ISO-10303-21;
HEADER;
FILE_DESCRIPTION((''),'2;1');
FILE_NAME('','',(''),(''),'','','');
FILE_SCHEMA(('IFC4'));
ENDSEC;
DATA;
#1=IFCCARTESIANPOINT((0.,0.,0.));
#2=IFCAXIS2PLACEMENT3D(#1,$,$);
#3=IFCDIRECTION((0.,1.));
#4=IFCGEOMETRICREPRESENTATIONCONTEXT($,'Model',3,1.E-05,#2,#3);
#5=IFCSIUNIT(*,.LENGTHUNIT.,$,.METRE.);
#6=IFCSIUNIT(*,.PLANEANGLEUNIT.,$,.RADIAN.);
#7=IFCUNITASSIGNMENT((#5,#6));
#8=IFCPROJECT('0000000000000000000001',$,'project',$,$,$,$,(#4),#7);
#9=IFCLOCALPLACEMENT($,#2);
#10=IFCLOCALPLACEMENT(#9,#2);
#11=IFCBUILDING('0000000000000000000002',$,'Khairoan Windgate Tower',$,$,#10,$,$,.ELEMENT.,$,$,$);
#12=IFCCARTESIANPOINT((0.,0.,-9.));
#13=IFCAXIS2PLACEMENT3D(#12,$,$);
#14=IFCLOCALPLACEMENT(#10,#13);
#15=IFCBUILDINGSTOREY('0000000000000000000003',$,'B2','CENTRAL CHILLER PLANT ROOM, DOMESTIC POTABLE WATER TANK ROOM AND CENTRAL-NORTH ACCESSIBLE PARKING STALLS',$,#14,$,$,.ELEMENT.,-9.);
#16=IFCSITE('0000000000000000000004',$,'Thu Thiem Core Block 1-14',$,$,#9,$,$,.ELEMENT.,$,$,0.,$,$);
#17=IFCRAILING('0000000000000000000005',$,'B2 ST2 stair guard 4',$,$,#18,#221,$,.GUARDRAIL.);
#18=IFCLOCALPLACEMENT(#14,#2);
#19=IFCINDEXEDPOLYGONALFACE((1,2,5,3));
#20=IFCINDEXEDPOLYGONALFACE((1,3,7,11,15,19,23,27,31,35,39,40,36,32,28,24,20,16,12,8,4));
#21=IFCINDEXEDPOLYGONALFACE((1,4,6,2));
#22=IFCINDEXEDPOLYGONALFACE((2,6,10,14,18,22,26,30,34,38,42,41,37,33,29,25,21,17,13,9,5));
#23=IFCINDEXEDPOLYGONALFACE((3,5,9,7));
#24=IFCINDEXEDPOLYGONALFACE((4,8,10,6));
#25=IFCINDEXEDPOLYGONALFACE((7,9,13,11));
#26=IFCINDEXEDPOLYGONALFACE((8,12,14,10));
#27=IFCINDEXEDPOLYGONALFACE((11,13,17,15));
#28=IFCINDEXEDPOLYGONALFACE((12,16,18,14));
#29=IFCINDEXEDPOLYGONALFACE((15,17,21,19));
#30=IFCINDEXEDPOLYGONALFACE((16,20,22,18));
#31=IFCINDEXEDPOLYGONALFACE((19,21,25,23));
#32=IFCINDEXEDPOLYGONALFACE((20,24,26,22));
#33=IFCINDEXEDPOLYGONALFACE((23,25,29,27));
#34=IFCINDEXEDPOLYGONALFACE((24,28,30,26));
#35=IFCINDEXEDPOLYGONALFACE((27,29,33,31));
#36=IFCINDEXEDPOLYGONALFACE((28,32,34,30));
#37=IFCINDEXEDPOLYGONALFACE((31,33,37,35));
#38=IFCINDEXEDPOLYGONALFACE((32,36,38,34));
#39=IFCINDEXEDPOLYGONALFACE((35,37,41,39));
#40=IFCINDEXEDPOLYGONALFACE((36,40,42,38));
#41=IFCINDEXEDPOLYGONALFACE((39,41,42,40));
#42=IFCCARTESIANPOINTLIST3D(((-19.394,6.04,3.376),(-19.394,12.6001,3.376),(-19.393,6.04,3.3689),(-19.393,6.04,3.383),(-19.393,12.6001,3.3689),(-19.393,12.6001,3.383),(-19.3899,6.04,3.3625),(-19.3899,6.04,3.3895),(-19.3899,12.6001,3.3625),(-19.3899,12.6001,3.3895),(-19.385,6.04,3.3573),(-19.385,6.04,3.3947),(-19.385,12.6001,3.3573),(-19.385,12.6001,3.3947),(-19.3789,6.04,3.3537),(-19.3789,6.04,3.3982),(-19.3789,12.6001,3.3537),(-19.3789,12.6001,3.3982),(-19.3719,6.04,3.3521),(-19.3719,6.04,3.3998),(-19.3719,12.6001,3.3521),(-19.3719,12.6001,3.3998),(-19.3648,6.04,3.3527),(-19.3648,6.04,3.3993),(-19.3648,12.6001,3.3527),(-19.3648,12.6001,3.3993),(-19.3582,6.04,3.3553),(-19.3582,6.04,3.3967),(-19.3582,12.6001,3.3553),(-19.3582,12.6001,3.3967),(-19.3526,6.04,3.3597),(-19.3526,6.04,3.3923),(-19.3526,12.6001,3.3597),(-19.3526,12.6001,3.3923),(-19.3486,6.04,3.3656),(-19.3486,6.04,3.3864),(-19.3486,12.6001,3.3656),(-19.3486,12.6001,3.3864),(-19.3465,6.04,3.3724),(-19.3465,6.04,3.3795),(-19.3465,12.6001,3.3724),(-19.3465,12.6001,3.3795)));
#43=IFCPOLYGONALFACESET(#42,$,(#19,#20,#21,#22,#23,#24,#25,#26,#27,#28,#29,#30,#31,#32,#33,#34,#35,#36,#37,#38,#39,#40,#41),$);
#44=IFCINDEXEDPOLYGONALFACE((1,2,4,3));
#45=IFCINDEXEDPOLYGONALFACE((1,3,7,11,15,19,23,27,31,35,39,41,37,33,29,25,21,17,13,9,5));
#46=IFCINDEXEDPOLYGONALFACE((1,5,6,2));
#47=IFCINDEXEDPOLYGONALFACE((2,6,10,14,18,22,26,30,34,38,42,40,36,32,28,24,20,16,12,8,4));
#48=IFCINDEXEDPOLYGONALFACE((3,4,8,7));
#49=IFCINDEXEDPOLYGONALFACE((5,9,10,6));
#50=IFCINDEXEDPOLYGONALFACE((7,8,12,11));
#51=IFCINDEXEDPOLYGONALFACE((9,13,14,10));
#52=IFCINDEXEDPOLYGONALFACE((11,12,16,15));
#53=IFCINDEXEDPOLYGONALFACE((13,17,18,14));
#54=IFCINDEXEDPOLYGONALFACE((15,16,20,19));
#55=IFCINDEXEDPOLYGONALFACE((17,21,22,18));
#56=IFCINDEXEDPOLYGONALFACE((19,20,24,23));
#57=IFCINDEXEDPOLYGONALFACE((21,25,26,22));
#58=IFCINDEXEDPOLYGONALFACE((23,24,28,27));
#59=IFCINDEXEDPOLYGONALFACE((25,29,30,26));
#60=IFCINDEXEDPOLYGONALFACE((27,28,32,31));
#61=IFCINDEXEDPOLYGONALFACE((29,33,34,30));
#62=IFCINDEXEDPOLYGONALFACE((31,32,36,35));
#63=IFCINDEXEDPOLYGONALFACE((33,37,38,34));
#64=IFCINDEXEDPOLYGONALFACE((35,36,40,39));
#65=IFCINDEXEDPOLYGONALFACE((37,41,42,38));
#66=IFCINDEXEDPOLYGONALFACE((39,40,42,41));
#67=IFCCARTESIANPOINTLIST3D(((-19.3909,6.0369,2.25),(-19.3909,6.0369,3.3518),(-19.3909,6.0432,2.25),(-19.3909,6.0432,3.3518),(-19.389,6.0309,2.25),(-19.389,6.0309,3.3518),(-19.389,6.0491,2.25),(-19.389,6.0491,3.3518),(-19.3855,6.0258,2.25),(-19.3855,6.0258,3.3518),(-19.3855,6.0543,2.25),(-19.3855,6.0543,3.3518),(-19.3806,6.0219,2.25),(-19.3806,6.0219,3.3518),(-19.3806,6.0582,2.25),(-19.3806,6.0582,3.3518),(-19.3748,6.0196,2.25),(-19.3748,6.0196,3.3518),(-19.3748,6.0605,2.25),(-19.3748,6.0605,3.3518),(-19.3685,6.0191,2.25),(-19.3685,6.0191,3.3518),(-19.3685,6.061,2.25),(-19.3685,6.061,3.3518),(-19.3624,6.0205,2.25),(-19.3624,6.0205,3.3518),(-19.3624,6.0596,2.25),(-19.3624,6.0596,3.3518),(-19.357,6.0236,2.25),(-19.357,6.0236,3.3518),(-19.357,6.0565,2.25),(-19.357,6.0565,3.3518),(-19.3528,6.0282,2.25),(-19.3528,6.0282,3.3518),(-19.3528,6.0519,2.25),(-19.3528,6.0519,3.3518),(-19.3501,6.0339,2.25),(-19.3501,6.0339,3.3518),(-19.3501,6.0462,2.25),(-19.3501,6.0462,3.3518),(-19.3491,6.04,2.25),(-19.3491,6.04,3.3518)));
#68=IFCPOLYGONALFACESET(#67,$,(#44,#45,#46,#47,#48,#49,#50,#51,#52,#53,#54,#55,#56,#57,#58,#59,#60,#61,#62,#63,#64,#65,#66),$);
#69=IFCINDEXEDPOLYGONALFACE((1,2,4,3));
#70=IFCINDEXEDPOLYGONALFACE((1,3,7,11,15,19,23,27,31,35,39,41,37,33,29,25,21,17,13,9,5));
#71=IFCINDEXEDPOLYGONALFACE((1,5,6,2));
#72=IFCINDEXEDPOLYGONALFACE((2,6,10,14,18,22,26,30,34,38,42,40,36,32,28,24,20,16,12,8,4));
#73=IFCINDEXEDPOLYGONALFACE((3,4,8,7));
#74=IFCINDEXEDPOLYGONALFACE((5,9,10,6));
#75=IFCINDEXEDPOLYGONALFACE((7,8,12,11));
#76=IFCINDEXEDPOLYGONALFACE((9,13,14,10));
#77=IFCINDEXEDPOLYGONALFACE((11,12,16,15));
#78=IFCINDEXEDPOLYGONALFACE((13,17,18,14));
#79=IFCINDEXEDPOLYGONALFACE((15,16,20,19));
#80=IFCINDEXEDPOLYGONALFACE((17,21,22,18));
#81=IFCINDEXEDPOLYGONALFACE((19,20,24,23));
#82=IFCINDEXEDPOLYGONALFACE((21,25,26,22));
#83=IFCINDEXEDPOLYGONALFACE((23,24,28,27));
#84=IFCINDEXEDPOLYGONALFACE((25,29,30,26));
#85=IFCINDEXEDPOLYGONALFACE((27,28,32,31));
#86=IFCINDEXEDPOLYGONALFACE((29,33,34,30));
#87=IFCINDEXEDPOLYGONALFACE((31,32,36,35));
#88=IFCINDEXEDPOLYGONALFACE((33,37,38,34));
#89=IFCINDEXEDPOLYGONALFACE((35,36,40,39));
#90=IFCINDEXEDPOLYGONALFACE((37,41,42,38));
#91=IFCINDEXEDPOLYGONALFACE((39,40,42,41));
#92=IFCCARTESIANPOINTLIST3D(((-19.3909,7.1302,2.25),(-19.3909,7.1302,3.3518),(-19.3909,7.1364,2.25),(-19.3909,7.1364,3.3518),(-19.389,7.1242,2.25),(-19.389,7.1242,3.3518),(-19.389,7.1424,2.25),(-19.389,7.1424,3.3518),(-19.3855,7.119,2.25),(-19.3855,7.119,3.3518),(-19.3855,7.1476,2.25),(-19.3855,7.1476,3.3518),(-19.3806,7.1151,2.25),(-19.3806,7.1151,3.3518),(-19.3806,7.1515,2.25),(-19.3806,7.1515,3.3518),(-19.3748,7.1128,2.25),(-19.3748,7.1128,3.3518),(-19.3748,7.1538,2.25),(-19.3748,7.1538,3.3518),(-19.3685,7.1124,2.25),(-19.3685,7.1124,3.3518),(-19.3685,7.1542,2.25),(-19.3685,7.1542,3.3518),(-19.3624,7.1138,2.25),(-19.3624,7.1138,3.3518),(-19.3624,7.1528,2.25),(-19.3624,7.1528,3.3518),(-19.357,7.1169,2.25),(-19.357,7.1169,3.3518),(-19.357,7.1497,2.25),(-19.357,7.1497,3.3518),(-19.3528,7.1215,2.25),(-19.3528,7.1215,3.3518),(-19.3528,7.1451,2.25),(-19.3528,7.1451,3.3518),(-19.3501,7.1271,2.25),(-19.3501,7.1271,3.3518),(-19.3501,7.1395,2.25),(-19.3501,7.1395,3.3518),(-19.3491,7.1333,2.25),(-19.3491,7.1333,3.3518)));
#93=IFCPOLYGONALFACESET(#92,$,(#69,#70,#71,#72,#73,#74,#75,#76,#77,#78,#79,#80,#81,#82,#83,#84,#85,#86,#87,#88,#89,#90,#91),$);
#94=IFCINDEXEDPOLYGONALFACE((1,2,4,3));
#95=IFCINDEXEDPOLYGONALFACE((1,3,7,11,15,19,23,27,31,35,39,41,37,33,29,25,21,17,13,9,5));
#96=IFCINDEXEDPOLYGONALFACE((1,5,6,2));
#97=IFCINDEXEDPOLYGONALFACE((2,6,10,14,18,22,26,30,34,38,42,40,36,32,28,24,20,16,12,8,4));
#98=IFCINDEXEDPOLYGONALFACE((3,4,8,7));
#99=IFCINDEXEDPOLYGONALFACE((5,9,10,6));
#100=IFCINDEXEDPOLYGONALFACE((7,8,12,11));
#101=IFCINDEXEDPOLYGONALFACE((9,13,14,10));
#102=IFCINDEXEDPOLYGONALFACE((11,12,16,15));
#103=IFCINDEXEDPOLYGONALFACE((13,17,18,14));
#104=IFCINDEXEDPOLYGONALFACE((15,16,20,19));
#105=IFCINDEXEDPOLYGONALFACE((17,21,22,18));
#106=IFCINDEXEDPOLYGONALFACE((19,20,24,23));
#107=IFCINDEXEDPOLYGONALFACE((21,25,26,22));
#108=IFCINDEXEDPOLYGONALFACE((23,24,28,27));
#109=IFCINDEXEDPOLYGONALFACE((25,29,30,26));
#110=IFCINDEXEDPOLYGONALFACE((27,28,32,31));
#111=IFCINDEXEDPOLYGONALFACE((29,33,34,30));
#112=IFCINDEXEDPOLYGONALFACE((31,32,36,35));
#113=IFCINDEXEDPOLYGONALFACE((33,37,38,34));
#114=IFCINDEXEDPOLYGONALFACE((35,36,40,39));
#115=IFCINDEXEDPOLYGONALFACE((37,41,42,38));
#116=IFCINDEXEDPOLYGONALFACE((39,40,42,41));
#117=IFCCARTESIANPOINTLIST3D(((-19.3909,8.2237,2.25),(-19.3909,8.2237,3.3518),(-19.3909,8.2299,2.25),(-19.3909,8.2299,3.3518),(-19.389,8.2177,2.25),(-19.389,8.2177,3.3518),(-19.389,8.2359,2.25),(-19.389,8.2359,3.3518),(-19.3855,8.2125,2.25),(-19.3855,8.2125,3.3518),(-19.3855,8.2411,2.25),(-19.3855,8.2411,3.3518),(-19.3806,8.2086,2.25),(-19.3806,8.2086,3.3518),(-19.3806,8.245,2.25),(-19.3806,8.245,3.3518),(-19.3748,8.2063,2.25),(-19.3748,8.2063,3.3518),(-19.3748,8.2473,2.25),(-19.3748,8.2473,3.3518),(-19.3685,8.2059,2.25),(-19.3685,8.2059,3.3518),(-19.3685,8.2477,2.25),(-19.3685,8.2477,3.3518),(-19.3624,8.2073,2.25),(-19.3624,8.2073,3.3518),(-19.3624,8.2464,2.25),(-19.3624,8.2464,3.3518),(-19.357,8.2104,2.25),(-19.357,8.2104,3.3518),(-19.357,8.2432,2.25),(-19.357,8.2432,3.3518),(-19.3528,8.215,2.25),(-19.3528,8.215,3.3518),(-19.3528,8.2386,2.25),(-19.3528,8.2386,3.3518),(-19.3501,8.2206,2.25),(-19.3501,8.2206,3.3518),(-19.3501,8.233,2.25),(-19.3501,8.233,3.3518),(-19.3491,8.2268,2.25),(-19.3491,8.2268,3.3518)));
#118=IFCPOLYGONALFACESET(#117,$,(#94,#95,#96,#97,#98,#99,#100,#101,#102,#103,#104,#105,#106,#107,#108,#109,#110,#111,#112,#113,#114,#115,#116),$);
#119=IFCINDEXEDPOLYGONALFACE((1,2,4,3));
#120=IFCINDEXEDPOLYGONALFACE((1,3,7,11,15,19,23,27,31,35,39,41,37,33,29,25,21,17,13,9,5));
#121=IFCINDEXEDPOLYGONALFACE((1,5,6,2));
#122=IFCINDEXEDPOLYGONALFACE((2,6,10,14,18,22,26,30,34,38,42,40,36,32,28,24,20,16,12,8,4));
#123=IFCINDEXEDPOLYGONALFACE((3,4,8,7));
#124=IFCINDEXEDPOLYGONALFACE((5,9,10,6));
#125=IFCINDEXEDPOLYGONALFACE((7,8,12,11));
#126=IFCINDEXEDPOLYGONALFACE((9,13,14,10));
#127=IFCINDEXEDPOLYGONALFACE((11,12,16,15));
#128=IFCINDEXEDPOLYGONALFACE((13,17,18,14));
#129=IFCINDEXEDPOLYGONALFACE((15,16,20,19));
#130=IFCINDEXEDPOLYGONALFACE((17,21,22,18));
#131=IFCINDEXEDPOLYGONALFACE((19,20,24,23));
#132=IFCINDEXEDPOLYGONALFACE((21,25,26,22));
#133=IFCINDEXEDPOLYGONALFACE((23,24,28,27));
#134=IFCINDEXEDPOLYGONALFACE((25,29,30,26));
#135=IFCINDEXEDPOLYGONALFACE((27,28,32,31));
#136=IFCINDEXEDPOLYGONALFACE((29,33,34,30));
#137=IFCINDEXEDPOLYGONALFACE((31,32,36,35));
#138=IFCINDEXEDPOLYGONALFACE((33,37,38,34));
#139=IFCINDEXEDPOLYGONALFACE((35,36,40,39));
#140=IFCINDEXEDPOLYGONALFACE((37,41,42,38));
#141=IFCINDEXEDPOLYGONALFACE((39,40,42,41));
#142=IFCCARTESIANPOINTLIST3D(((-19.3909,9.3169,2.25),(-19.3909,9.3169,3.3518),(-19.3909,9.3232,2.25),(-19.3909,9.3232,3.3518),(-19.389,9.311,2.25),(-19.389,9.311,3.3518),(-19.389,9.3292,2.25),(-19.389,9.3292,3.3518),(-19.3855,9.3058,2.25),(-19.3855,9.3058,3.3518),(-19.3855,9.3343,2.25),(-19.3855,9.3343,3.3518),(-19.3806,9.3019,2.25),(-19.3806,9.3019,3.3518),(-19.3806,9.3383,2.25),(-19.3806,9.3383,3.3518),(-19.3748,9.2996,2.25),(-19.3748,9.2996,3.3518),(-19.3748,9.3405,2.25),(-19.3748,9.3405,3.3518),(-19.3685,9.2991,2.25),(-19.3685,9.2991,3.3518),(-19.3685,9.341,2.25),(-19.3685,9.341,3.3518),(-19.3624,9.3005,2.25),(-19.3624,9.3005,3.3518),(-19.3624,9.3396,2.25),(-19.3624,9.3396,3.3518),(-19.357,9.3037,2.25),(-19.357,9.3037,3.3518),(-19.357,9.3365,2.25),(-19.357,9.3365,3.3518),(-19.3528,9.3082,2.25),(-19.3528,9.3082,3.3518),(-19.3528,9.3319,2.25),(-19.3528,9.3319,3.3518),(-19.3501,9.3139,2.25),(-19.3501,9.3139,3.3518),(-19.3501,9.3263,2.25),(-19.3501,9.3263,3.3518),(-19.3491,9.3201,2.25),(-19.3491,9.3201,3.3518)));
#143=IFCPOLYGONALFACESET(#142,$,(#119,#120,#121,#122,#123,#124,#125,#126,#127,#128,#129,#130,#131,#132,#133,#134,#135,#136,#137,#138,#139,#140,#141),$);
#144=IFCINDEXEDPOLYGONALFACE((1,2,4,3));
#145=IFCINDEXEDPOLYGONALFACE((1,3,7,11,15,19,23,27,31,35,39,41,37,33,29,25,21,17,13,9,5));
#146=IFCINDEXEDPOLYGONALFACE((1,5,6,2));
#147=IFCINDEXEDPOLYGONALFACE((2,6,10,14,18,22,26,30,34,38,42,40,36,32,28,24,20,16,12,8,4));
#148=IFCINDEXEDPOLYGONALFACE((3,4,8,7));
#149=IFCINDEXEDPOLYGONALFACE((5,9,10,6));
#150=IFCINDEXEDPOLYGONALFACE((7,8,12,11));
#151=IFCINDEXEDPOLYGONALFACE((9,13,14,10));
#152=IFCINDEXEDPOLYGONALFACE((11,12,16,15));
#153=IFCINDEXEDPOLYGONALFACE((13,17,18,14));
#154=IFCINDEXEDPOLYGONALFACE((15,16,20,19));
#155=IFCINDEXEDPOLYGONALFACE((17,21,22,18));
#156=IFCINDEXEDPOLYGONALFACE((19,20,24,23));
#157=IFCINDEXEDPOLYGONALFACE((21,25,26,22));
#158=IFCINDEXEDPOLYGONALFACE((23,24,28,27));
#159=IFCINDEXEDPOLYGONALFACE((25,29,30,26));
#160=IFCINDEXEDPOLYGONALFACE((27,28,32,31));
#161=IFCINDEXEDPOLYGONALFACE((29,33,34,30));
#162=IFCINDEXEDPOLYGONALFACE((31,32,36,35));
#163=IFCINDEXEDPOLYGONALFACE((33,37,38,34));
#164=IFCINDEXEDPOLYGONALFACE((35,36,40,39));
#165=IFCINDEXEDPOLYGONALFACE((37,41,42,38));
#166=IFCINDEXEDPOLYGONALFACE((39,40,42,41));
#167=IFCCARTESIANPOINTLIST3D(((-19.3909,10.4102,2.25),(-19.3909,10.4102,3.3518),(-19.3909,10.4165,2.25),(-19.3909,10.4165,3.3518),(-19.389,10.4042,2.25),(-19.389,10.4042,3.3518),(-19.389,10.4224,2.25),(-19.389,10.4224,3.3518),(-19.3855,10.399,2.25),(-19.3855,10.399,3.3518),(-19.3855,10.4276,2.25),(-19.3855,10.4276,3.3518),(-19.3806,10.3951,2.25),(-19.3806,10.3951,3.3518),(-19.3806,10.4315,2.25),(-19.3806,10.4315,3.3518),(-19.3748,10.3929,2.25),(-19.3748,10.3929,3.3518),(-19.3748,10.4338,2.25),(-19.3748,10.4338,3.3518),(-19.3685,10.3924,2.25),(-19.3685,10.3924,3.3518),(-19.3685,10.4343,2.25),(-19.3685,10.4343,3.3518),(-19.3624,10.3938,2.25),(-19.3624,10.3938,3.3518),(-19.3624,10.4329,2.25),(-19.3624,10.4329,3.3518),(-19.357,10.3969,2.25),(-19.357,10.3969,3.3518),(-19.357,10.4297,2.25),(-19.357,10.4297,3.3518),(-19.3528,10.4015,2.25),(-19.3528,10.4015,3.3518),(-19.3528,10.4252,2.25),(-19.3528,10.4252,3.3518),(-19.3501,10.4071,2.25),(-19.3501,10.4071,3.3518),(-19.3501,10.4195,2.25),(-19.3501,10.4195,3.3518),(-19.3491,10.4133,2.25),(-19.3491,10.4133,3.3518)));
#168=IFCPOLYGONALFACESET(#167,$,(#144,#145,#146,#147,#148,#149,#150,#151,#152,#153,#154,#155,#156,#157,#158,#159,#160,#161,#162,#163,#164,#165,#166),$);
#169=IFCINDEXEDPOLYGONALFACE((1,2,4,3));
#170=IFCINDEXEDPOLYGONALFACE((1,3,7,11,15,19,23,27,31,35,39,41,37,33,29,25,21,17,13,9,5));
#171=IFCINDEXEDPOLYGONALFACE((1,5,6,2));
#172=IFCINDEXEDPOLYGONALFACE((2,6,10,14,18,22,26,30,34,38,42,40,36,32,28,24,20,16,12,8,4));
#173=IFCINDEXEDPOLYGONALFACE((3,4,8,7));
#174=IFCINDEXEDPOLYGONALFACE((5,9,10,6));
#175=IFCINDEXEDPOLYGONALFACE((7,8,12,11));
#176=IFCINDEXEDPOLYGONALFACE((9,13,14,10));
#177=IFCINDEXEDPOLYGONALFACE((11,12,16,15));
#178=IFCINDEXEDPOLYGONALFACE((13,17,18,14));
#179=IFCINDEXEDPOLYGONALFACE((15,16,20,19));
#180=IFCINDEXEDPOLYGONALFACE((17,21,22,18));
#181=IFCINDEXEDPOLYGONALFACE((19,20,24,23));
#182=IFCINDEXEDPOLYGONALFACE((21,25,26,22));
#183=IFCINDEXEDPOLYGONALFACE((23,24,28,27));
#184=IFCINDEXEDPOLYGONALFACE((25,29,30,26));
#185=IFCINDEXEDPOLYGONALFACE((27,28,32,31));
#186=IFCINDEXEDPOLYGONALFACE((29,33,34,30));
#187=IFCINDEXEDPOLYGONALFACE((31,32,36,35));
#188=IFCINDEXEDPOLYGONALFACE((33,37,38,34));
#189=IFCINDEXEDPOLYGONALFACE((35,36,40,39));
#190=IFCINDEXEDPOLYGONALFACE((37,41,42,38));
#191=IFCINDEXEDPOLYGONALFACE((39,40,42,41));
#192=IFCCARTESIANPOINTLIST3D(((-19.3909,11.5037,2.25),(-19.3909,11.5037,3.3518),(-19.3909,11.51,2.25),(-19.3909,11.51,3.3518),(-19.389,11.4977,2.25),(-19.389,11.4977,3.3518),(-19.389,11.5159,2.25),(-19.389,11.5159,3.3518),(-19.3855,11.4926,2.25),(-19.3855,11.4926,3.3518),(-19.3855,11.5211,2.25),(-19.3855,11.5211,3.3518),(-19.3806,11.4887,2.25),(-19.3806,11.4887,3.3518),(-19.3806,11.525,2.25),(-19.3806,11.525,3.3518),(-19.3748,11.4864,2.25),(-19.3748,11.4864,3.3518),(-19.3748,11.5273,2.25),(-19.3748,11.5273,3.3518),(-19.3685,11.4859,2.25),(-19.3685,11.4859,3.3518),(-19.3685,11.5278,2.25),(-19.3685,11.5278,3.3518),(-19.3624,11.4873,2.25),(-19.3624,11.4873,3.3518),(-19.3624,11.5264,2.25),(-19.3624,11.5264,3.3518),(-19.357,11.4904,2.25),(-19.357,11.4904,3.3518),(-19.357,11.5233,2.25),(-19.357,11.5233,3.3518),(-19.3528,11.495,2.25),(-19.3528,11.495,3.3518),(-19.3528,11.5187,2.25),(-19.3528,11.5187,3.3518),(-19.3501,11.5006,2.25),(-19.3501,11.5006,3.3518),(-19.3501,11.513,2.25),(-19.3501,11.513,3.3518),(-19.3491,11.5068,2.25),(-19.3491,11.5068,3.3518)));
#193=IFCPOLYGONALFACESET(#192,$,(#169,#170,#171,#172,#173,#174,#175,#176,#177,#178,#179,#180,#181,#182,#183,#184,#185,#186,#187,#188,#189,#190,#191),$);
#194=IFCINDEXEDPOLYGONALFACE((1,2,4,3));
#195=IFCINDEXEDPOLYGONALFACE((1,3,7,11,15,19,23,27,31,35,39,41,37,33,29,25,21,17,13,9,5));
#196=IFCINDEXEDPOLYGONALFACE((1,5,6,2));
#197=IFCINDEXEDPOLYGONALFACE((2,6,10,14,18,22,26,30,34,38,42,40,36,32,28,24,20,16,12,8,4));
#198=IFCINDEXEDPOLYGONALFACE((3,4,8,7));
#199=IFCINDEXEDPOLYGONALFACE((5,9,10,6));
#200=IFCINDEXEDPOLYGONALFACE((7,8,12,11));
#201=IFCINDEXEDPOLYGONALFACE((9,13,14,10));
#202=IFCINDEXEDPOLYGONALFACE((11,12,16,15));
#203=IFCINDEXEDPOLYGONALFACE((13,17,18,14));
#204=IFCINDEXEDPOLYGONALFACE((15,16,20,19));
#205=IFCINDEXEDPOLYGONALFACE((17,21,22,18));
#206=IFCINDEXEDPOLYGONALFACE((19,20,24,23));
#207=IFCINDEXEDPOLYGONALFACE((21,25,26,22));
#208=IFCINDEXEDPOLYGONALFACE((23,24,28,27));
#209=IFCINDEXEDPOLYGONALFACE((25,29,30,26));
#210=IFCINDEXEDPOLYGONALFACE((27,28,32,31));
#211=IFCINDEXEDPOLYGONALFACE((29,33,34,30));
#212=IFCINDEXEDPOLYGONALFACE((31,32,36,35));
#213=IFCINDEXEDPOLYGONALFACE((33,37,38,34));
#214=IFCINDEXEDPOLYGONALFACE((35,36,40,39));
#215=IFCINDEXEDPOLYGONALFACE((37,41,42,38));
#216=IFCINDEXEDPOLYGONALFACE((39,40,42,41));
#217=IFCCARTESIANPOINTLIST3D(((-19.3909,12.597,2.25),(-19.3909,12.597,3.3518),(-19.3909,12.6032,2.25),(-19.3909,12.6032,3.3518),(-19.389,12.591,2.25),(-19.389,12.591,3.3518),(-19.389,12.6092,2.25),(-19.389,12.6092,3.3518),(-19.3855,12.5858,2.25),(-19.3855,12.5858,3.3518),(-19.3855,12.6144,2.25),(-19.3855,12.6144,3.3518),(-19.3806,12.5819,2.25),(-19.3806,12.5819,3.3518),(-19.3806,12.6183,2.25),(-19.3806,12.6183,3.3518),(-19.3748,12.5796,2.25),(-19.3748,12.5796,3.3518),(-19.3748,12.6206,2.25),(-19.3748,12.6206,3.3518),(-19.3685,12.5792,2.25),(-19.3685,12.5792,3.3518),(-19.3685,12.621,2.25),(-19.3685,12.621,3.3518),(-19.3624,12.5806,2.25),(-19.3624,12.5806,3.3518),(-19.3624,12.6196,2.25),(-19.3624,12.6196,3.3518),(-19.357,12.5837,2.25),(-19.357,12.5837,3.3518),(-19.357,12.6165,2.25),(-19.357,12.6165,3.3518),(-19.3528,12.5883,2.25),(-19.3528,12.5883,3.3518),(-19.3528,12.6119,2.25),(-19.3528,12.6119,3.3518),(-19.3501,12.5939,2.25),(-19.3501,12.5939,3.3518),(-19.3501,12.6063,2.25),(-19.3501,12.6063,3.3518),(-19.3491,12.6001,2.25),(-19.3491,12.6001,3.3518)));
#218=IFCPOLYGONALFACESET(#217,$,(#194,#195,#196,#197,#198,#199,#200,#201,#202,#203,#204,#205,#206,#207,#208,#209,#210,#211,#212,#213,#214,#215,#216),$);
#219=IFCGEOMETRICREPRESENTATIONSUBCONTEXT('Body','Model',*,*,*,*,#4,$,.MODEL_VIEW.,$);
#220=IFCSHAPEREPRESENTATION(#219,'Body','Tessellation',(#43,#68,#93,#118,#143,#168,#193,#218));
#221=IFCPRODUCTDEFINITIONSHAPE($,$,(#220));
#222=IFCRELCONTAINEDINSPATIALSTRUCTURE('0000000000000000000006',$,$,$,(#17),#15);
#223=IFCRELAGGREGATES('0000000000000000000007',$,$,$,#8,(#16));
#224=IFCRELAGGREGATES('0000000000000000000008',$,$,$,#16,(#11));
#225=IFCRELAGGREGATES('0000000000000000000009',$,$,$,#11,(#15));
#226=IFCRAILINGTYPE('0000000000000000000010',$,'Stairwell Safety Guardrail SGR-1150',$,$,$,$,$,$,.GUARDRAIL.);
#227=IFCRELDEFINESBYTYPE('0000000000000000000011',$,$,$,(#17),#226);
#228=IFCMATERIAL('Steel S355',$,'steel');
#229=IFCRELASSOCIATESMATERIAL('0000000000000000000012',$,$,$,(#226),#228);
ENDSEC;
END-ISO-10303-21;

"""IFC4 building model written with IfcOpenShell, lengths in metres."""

from ifc_helpers import new_model, si_unit, direction, frame, origin, origin_2d, place, context, subcontext, project, spatial, circle, extrude, material, type_object, element, save


model = new_model("IFC4")

# Units and contexts
model_context = context("Model", 3, precision=1e-05, world=origin(), true_north=direction((0.0, 1.0)))
body_context = subcontext(model_context, "Body", "Model", "MODEL_VIEW")
ifc_project = project(units=[si_unit("LENGTHUNIT", "METRE"), si_unit("PLANEANGLEUNIT", "RADIAN")], contexts=[model_context])

# Site, building, storey
site_placement = place(None, origin())
site = spatial("IfcSite", under=ifc_project, at=site_placement, Name="Thu Thiem Core Block 1-14", CompositionType="ELEMENT", RefElevation=0.0)
building_placement = place(site_placement, origin())
building = spatial("IfcBuilding", under=site, at=building_placement, Name="Khairoan Windgate Tower", CompositionType="ELEMENT")
storey_placement = place(building_placement, frame((0.0, 0.0, -9.0)))
storey = spatial("IfcBuildingStorey", under=building, at=storey_placement, Name="B2", Description="CENTRAL CHILLER PLANT ROOM, DOMESTIC POTABLE WATER TANK ROOM AND CENTRAL-NORTH ACCESSIBLE PARKING STALLS", CompositionType="ELEMENT", Elevation=-9.0)

# Railing
ifc_material_1 = material(Name="Steel S355", Category="steel")
railing_type_1 = type_object("IfcRailingType", Name="Stairwell Safety Guardrail SGR-1150", PredefinedType="GUARDRAIL", material=ifc_material_1)
railing_1_placement = place(storey_placement, frame((-19.3701, 6.04, 2.25)))
element("IfcRailing", 1, at=railing_1_placement, inside=storey, type_object=railing_type_1, Name="B2 ST2 stair guard 4", PredefinedType="GUARDRAIL", context=body_context, shape_type="SweptSolid", body=[
    extrude(circle(Radius=0.0239, at=origin_2d()), frame((0.0, 0.0, 1.126), z_axis=(0.0, 1.0, 0.0), x_axis=(-1.0, 0.0, 0.0)), (0.0, 0.0, 1.0), 6.5601),
    extrude(circle(Radius=0.021, at=origin_2d()), origin(), (0.0, 0.0, 1.0), 1.1018),
    extrude(circle(Radius=0.021, at=origin_2d()), frame((0.0, 1.0933, 0.0)), (0.0, 0.0, 1.0), 1.1018),
    extrude(circle(Radius=0.021, at=origin_2d()), frame((0.0, 2.1868, 0.0)), (0.0, 0.0, 1.0), 1.1018),
    extrude(circle(Radius=0.021, at=origin_2d()), frame((0.0, 3.28, 0.0)), (0.0, 0.0, 1.0), 1.1018),
    extrude(circle(Radius=0.021, at=origin_2d()), frame((0.0, 4.3733, 0.0)), (0.0, 0.0, 1.0), 1.1018),
    extrude(circle(Radius=0.021, at=origin_2d()), frame((0.0, 5.4668, 0.0)), (0.0, 0.0, 1.0), 1.1018),
    extrude(circle(Radius=0.021, at=origin_2d()), frame((0.0, 6.5601, 0.0)), (0.0, 0.0, 1.0), 1.1018),
])

save(model, "model.ifc")
